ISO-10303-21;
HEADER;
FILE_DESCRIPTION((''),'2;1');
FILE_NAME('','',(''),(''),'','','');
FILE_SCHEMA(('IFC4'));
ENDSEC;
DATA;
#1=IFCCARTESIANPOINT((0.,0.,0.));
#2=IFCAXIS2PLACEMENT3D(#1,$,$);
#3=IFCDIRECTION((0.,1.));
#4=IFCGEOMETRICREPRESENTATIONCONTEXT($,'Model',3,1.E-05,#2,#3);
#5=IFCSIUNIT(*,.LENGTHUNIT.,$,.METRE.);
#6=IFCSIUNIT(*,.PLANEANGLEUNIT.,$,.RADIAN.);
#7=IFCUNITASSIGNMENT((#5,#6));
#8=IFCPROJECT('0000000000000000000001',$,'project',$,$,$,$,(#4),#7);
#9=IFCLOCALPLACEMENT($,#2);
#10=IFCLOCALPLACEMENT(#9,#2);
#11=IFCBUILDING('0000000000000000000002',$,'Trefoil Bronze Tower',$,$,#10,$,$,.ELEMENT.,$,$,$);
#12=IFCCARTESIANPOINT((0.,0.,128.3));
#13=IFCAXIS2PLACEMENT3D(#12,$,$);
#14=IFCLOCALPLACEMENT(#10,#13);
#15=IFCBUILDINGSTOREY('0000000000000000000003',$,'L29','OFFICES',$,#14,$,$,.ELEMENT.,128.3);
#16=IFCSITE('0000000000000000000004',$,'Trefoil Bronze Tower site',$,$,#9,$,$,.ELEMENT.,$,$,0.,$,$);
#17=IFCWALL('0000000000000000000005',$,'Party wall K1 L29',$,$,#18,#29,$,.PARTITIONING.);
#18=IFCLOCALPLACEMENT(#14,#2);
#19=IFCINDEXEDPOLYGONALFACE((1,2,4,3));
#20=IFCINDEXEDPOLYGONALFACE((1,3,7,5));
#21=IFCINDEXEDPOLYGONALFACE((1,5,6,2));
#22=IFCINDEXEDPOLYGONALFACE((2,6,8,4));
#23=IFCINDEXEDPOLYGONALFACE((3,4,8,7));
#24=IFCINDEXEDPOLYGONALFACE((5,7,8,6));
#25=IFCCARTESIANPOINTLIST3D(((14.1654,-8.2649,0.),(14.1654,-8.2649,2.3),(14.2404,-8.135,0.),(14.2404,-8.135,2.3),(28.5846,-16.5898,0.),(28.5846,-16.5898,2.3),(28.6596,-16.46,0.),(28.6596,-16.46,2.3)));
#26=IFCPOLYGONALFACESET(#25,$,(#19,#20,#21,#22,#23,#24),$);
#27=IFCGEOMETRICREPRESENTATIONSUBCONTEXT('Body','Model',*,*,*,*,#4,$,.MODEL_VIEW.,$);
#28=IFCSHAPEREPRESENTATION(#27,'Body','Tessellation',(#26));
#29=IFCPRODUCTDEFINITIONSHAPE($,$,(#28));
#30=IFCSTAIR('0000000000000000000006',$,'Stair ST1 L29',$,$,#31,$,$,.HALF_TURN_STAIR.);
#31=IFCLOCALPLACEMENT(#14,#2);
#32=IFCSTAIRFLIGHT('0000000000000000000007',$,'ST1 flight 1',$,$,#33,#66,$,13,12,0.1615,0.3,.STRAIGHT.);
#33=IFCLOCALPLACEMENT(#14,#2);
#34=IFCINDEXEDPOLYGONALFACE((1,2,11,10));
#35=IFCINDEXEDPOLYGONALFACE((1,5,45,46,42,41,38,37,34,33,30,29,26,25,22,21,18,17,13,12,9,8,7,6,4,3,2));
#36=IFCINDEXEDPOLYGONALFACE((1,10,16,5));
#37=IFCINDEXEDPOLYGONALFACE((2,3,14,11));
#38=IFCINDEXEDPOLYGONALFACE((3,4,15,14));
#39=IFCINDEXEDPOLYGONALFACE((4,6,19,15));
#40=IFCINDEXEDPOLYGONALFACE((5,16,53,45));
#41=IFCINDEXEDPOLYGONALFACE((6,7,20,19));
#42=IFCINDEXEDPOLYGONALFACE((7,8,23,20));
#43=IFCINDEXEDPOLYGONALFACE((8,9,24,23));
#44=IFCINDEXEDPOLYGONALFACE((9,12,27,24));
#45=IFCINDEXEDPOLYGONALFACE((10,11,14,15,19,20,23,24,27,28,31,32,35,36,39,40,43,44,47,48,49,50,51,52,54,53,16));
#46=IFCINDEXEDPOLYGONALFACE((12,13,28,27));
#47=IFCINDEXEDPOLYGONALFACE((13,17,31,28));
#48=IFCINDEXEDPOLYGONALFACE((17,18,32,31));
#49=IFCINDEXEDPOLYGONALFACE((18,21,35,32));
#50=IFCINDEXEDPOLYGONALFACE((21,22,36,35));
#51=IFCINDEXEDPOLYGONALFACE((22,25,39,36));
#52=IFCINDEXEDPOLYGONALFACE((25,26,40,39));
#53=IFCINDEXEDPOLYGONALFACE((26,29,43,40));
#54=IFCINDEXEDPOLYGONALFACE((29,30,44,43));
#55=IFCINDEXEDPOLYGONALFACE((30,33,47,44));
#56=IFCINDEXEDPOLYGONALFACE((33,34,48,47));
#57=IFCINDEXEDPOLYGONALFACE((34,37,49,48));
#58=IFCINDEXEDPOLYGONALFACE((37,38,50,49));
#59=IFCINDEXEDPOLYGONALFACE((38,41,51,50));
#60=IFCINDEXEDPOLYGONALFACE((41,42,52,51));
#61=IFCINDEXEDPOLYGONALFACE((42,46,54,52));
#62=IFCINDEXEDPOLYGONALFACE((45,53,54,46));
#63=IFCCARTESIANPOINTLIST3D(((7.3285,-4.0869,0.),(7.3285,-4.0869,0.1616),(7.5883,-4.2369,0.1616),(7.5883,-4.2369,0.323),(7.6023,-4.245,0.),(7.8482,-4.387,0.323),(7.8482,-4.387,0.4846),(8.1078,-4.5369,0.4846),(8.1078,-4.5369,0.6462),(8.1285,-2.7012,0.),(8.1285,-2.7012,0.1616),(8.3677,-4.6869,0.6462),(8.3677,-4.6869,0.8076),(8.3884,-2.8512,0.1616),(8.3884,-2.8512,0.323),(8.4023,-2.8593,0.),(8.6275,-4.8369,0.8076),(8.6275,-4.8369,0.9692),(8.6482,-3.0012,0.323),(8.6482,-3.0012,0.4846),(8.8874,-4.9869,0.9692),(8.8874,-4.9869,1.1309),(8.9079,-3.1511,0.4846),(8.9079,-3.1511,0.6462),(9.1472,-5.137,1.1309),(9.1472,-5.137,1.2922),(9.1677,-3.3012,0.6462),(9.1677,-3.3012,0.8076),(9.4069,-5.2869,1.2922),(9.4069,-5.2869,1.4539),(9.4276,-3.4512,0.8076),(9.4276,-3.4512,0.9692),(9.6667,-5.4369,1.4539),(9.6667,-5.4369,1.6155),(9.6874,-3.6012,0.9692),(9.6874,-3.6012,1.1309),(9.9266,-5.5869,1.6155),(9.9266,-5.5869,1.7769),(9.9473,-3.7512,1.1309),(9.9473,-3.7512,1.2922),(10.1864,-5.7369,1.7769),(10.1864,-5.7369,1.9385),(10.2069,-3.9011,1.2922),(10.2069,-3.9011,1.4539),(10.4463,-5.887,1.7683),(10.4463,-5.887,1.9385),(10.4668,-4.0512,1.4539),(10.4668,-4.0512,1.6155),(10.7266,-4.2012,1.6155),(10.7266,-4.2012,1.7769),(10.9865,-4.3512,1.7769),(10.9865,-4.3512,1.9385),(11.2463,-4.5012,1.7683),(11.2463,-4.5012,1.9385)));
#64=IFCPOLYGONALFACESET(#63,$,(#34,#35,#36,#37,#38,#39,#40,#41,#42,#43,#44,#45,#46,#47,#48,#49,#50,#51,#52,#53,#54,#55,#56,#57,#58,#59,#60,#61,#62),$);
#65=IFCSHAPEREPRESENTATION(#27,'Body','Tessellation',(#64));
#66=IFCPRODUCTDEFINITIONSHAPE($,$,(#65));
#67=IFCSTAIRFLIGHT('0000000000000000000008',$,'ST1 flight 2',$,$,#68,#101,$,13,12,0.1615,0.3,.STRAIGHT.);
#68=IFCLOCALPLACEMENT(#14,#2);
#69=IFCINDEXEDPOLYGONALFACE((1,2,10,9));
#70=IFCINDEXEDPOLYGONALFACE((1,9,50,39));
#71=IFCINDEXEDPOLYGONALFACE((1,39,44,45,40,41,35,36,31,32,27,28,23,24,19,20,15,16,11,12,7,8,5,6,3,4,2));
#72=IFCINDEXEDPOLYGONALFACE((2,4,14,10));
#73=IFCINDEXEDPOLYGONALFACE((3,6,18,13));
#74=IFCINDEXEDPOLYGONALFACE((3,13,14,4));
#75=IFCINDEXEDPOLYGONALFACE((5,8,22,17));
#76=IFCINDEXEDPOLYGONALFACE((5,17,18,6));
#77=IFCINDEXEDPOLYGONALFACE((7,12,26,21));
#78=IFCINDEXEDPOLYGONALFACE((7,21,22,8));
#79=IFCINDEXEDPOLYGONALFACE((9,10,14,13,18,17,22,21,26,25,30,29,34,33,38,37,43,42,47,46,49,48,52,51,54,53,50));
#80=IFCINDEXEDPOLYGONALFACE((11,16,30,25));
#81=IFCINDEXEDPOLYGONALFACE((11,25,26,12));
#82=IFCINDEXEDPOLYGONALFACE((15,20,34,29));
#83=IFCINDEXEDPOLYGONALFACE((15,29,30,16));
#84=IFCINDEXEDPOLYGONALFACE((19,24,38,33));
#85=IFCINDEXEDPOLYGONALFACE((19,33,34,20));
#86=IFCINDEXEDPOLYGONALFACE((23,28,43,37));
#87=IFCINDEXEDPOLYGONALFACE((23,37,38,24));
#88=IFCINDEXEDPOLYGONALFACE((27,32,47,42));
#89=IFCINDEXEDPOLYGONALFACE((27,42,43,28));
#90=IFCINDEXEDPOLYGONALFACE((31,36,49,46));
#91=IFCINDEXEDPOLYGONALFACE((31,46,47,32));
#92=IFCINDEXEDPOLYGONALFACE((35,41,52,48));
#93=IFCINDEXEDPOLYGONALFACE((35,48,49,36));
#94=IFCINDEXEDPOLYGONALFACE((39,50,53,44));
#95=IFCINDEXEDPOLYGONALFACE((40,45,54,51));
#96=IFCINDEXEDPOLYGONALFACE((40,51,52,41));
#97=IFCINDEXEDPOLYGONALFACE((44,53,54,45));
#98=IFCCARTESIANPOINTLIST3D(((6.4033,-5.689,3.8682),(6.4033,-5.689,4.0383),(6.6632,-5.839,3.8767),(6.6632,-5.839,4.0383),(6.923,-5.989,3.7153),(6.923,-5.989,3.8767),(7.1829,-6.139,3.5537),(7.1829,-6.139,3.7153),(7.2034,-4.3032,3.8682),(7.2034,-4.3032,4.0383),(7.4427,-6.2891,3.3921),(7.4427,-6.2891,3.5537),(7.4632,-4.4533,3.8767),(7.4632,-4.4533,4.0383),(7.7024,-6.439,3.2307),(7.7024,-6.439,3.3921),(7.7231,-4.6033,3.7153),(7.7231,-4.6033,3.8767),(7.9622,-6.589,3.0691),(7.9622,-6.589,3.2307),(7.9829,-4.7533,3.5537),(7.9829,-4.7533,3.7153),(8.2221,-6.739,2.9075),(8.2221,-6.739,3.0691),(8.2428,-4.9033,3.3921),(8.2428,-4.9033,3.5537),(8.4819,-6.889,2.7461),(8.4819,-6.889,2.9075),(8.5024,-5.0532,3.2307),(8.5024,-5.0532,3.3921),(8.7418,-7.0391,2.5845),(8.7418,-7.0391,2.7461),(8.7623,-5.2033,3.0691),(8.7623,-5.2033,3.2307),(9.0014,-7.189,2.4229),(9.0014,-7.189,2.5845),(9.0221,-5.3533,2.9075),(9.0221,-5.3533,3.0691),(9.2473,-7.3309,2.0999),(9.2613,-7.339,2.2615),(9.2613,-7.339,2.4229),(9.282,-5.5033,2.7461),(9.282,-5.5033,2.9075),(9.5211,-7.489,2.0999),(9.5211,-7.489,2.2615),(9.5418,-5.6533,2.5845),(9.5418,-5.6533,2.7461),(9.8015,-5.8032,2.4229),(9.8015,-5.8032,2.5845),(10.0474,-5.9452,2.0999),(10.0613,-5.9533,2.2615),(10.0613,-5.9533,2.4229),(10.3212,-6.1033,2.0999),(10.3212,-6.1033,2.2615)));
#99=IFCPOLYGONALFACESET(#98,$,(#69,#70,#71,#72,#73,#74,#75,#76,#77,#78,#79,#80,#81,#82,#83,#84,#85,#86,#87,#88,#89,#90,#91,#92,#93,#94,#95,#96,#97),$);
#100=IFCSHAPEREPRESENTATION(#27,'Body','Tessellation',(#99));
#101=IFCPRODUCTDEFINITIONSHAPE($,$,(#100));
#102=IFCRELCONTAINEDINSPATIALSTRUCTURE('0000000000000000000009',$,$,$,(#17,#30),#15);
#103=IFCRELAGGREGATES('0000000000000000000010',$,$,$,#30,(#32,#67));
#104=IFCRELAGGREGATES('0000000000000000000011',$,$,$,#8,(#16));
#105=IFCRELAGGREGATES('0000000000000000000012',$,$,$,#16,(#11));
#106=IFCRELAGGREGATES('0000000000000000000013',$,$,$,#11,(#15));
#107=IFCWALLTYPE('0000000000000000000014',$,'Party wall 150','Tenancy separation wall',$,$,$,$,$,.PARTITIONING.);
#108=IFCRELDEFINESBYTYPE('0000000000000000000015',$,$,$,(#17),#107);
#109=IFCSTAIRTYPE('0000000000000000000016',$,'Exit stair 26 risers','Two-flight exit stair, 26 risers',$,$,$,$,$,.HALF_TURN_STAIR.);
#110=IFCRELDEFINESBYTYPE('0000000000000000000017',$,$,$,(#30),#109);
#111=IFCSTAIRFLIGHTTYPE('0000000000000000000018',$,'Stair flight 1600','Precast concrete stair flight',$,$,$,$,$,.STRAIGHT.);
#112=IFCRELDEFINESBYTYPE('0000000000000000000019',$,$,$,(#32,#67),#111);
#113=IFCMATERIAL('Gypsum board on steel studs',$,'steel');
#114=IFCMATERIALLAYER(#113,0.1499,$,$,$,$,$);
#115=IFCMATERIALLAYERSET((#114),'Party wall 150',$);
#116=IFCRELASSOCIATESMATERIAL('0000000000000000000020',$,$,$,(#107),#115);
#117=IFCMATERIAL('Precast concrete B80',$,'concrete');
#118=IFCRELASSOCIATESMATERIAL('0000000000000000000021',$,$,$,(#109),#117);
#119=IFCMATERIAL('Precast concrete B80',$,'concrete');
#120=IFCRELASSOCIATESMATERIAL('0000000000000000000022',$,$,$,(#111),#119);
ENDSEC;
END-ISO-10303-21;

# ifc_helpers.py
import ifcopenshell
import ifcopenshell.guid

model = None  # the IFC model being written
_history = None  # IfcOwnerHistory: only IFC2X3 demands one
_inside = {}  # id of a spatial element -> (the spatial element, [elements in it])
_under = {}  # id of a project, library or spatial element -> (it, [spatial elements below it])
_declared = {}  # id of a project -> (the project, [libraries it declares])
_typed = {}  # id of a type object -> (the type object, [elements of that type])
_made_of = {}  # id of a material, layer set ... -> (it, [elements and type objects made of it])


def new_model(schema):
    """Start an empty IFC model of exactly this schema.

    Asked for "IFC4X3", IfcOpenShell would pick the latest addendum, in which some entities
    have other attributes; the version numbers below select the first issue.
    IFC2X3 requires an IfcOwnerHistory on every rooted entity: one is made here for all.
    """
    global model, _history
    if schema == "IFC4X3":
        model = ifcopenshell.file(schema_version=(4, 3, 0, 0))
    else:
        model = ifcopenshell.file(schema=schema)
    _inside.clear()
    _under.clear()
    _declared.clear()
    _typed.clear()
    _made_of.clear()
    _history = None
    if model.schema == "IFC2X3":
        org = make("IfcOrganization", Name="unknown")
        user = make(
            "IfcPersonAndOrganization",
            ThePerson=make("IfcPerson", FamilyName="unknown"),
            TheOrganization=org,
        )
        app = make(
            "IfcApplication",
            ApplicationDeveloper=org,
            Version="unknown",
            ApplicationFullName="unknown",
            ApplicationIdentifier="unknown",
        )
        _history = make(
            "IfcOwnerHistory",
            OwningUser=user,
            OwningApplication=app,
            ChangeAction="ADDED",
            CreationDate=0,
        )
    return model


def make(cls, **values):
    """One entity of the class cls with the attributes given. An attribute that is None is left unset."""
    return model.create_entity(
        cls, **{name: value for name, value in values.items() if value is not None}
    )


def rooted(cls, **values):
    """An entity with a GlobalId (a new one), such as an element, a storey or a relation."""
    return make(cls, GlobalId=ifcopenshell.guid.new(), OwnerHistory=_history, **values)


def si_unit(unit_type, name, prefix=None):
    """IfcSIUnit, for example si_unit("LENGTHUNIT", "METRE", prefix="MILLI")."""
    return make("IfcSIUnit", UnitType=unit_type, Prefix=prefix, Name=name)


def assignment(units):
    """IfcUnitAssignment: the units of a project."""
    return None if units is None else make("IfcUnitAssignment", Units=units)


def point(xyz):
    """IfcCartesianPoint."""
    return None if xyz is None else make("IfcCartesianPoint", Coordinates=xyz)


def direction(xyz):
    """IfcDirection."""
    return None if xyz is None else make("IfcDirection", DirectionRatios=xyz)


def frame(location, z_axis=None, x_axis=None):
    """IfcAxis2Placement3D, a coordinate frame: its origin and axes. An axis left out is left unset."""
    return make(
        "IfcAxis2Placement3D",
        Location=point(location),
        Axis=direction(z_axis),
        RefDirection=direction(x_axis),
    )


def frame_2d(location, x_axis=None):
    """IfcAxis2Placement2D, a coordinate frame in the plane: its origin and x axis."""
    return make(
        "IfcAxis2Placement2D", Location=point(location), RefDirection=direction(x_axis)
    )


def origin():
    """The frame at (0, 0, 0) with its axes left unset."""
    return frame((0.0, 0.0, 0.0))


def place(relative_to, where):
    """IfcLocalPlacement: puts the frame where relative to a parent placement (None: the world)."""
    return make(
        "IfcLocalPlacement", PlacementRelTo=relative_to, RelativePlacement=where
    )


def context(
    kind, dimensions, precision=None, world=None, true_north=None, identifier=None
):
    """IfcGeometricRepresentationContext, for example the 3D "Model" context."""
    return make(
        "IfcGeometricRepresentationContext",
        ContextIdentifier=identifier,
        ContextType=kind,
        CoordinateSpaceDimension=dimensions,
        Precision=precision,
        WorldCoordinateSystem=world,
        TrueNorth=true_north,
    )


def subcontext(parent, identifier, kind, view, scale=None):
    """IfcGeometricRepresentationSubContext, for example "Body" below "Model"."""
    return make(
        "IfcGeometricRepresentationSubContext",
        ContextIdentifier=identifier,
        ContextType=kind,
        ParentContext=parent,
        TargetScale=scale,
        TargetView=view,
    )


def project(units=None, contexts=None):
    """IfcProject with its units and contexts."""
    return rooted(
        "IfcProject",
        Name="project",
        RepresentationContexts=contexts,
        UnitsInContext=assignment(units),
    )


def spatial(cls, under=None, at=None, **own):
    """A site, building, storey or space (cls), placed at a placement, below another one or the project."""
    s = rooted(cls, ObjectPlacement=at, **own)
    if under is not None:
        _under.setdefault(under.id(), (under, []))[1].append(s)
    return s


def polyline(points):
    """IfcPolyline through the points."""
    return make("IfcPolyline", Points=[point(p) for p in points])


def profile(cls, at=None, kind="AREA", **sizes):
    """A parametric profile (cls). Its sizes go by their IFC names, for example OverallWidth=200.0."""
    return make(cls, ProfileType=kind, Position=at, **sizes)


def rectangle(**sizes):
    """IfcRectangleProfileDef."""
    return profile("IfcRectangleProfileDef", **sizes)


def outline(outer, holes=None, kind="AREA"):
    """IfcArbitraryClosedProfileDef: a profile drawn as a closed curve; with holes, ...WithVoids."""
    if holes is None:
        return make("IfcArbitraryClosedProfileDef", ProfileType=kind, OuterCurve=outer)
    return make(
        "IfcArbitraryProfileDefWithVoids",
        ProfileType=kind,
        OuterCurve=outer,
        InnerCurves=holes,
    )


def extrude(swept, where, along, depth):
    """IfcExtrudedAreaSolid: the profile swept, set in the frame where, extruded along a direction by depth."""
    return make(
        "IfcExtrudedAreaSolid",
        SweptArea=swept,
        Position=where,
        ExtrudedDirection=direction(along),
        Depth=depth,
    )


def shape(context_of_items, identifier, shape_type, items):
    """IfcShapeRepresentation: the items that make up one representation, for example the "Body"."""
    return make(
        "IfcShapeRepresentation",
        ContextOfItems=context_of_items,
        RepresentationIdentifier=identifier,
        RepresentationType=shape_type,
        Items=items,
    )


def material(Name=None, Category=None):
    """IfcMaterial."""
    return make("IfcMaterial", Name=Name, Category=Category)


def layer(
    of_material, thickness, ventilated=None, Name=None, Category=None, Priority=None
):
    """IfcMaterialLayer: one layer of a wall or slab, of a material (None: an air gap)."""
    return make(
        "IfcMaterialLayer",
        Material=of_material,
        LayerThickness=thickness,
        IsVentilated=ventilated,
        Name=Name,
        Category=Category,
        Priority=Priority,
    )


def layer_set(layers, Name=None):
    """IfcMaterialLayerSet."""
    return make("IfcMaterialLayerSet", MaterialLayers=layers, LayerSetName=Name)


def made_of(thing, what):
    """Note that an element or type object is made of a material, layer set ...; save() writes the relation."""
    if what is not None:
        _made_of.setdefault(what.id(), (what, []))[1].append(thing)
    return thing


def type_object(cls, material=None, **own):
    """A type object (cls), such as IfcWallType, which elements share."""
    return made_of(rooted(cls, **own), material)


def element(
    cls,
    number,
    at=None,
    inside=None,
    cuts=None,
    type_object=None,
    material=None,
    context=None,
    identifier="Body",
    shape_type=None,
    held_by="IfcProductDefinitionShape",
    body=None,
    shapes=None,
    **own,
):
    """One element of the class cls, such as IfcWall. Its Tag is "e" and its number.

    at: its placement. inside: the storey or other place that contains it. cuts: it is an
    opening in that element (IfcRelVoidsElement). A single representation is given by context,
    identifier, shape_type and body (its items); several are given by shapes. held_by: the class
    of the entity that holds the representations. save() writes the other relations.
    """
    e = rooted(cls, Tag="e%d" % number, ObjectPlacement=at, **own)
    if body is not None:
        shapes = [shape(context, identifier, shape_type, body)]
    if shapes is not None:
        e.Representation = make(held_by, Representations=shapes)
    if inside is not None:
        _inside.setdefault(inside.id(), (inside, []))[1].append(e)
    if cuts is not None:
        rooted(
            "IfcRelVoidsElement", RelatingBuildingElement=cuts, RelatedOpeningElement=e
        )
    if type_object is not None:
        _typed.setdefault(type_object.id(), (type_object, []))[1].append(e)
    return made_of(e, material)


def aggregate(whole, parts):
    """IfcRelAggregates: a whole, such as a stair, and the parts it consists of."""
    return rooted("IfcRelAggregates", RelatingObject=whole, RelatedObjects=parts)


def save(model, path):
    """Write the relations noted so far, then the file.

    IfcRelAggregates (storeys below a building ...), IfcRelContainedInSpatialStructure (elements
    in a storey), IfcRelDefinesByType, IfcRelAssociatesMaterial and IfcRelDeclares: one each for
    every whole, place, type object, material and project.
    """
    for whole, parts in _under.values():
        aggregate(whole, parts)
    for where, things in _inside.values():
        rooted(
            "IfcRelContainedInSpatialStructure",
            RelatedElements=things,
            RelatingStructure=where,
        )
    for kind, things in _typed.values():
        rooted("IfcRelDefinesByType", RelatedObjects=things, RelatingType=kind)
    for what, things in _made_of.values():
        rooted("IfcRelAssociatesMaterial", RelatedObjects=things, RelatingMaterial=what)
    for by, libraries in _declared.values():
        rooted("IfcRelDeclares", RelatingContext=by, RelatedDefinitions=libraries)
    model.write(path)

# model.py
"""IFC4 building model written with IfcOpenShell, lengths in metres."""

from ifc_helpers import new_model, si_unit, direction, frame, frame_2d, origin, place, context, subcontext, project, spatial, polyline, rectangle, outline, extrude, material, layer, layer_set, type_object, element, aggregate, save


model = new_model("IFC4")

# Units and contexts
model_context = context("Model", 3, precision=1e-05, world=origin(), true_north=direction((0.0, 1.0)))
body_context = subcontext(model_context, "Body", "Model", "MODEL_VIEW")
ifc_project = project(units=[si_unit("LENGTHUNIT", "METRE"), si_unit("PLANEANGLEUNIT", "RADIAN")], contexts=[model_context])

# Site, building, storey
site_placement = place(None, origin())
site = spatial("IfcSite", under=ifc_project, at=site_placement, Name="Trefoil Bronze Tower site", CompositionType="ELEMENT", RefElevation=0.0)
building_placement = place(site_placement, origin())
building = spatial("IfcBuilding", under=site, at=building_placement, Name="Trefoil Bronze Tower", CompositionType="ELEMENT")
storey_placement = place(building_placement, frame((0.0, 0.0, 128.3)))
storey = spatial("IfcBuildingStorey", under=building, at=storey_placement, Name="L29", Description="OFFICES", CompositionType="ELEMENT", Elevation=128.3)

# Wall
ifc_material_1 = material(Name="Gypsum board on steel studs", Category="steel")
ifc_layer_1 = layer(ifc_material_1, 0.1499)
ifc_layer_set_1 = layer_set([ifc_layer_1], Name="Party wall 150")
wall_type_1 = type_object("IfcWallType", Name="Party wall 150", Description="Tenancy separation wall", PredefinedType="PARTITIONING", material=ifc_layer_set_1)
wall_1_placement = place(storey_placement, frame((14.2029, -8.2, 0.0), z_axis=(0.0, 0.0, 1.0), x_axis=(0.866025, -0.500001, 0.0)))
element("IfcWall", 1, at=wall_1_placement, inside=storey, type_object=wall_type_1, Name="Party wall K1 L29", PredefinedType="PARTITIONING", context=body_context, shape_type="SweptSolid", body=[
    extrude(rectangle(XDim=16.6499, YDim=0.1499, at=frame_2d((8.325, 0.0))), origin(), (0.0, 0.0, 1.0), 2.3),
])

# Stair, stair flights
ifc_material_2 = material(Name="Precast concrete B80", Category="concrete")
stair_type = type_object("IfcStairType", Name="Exit stair 26 risers", Description="Two-flight exit stair, 26 risers", PredefinedType="HALF_TURN_STAIR", material=ifc_material_2)
stair_placement = place(storey_placement, origin())
stair = element("IfcStair", 2, at=stair_placement, inside=storey, type_object=stair_type, Name="Stair ST1 L29", PredefinedType="HALF_TURN_STAIR")
ifc_material_3 = material(Name="Precast concrete B80", Category="concrete")
stair_flight_type = type_object("IfcStairFlightType", Name="Stair flight 1600", Description="Precast concrete stair flight", PredefinedType="STRAIGHT", material=ifc_material_3)
stair_flight_1_placement = place(storey_placement, frame((7.7285, -3.394, 0.0), z_axis=(0.0, 0.0, 1.0), x_axis=(0.866025, -0.5, 0.0)))
stair_flight_1 = element("IfcStairFlight", 3, at=stair_flight_1_placement, type_object=stair_flight_type, Name="ST1 flight 1", NumberOfRisers=13, NumberOfTreads=12, PredefinedType="STRAIGHT", RiserHeight=0.1615, TreadLength=0.3, context=body_context, shape_type="SweptSolid", body=[
    extrude(outline(polyline([(0.0, 0.0), (0.0, 0.1616), (0.3, 0.1616), (0.3, 0.323), (0.6001, 0.323), (0.6001, 0.4846), (0.8999, 0.4846), (0.8999, 0.6462), (1.2, 0.6462), (1.2, 0.8076), (1.5, 0.8076), (1.5, 0.9692), (1.8, 0.9692), (1.8, 1.1309), (2.1001, 1.1309), (2.1001, 1.2922), (2.3999, 1.2922), (2.3999, 1.4539), (2.7, 1.4539), (2.7, 1.6155), (3.0, 1.6155), (3.0, 1.7769), (3.3, 1.7769), (3.3, 1.9385), (3.6001, 1.9385), (3.6001, 2.1001), (3.6001, 1.7683), (0.3162, 0.0), (0.0, 0.0)])), frame((0.0, 0.8, 0.0), z_axis=(0.0, -1.0, 0.0), x_axis=(1.0, 0.0, 0.0)), (0.0, 0.0, 1.0), 1.6001),
])
stair_flight_2_placement = place(storey_placement, frame((9.9211, -6.7961, 2.0999), z_axis=(0.0, 0.0, 1.0), x_axis=(-0.866025, 0.5, 0.0)))
stair_flight_2 = element("IfcStairFlight", 4, at=stair_flight_2_placement, type_object=stair_flight_type, Name="ST1 flight 2", NumberOfRisers=13, NumberOfTreads=12, PredefinedType="STRAIGHT", RiserHeight=0.1615, TreadLength=0.3, context=body_context, shape_type="SweptSolid", body=[
    extrude(outline(polyline([(0.0, 0.0), (0.0, 0.1616), (0.3, 0.1616), (0.3, 0.323), (0.6001, 0.323), (0.6001, 0.4846), (0.8999, 0.4846), (0.8999, 0.6462), (1.2, 0.6462), (1.2, 0.8076), (1.5, 0.8076), (1.5, 0.9692), (1.8, 0.9692), (1.8, 1.1309), (2.1001, 1.1309), (2.1001, 1.2922), (2.3999, 1.2922), (2.3999, 1.4539), (2.7, 1.4539), (2.7, 1.6155), (3.0, 1.6155), (3.0, 1.7769), (3.3, 1.7769), (3.3, 1.9385), (3.6001, 1.9385), (3.6001, 2.1001), (3.6001, 1.7683), (0.3162, 0.0), (0.0, 0.0)])), frame((0.0, 0.8, 0.0), z_axis=(0.0, -1.0, 0.0), x_axis=(1.0, 0.0, 0.0)), (0.0, 0.0, 1.0), 1.6001),
])
aggregate(stair, [stair_flight_1, stair_flight_2])

save(model, "model.ifc")
